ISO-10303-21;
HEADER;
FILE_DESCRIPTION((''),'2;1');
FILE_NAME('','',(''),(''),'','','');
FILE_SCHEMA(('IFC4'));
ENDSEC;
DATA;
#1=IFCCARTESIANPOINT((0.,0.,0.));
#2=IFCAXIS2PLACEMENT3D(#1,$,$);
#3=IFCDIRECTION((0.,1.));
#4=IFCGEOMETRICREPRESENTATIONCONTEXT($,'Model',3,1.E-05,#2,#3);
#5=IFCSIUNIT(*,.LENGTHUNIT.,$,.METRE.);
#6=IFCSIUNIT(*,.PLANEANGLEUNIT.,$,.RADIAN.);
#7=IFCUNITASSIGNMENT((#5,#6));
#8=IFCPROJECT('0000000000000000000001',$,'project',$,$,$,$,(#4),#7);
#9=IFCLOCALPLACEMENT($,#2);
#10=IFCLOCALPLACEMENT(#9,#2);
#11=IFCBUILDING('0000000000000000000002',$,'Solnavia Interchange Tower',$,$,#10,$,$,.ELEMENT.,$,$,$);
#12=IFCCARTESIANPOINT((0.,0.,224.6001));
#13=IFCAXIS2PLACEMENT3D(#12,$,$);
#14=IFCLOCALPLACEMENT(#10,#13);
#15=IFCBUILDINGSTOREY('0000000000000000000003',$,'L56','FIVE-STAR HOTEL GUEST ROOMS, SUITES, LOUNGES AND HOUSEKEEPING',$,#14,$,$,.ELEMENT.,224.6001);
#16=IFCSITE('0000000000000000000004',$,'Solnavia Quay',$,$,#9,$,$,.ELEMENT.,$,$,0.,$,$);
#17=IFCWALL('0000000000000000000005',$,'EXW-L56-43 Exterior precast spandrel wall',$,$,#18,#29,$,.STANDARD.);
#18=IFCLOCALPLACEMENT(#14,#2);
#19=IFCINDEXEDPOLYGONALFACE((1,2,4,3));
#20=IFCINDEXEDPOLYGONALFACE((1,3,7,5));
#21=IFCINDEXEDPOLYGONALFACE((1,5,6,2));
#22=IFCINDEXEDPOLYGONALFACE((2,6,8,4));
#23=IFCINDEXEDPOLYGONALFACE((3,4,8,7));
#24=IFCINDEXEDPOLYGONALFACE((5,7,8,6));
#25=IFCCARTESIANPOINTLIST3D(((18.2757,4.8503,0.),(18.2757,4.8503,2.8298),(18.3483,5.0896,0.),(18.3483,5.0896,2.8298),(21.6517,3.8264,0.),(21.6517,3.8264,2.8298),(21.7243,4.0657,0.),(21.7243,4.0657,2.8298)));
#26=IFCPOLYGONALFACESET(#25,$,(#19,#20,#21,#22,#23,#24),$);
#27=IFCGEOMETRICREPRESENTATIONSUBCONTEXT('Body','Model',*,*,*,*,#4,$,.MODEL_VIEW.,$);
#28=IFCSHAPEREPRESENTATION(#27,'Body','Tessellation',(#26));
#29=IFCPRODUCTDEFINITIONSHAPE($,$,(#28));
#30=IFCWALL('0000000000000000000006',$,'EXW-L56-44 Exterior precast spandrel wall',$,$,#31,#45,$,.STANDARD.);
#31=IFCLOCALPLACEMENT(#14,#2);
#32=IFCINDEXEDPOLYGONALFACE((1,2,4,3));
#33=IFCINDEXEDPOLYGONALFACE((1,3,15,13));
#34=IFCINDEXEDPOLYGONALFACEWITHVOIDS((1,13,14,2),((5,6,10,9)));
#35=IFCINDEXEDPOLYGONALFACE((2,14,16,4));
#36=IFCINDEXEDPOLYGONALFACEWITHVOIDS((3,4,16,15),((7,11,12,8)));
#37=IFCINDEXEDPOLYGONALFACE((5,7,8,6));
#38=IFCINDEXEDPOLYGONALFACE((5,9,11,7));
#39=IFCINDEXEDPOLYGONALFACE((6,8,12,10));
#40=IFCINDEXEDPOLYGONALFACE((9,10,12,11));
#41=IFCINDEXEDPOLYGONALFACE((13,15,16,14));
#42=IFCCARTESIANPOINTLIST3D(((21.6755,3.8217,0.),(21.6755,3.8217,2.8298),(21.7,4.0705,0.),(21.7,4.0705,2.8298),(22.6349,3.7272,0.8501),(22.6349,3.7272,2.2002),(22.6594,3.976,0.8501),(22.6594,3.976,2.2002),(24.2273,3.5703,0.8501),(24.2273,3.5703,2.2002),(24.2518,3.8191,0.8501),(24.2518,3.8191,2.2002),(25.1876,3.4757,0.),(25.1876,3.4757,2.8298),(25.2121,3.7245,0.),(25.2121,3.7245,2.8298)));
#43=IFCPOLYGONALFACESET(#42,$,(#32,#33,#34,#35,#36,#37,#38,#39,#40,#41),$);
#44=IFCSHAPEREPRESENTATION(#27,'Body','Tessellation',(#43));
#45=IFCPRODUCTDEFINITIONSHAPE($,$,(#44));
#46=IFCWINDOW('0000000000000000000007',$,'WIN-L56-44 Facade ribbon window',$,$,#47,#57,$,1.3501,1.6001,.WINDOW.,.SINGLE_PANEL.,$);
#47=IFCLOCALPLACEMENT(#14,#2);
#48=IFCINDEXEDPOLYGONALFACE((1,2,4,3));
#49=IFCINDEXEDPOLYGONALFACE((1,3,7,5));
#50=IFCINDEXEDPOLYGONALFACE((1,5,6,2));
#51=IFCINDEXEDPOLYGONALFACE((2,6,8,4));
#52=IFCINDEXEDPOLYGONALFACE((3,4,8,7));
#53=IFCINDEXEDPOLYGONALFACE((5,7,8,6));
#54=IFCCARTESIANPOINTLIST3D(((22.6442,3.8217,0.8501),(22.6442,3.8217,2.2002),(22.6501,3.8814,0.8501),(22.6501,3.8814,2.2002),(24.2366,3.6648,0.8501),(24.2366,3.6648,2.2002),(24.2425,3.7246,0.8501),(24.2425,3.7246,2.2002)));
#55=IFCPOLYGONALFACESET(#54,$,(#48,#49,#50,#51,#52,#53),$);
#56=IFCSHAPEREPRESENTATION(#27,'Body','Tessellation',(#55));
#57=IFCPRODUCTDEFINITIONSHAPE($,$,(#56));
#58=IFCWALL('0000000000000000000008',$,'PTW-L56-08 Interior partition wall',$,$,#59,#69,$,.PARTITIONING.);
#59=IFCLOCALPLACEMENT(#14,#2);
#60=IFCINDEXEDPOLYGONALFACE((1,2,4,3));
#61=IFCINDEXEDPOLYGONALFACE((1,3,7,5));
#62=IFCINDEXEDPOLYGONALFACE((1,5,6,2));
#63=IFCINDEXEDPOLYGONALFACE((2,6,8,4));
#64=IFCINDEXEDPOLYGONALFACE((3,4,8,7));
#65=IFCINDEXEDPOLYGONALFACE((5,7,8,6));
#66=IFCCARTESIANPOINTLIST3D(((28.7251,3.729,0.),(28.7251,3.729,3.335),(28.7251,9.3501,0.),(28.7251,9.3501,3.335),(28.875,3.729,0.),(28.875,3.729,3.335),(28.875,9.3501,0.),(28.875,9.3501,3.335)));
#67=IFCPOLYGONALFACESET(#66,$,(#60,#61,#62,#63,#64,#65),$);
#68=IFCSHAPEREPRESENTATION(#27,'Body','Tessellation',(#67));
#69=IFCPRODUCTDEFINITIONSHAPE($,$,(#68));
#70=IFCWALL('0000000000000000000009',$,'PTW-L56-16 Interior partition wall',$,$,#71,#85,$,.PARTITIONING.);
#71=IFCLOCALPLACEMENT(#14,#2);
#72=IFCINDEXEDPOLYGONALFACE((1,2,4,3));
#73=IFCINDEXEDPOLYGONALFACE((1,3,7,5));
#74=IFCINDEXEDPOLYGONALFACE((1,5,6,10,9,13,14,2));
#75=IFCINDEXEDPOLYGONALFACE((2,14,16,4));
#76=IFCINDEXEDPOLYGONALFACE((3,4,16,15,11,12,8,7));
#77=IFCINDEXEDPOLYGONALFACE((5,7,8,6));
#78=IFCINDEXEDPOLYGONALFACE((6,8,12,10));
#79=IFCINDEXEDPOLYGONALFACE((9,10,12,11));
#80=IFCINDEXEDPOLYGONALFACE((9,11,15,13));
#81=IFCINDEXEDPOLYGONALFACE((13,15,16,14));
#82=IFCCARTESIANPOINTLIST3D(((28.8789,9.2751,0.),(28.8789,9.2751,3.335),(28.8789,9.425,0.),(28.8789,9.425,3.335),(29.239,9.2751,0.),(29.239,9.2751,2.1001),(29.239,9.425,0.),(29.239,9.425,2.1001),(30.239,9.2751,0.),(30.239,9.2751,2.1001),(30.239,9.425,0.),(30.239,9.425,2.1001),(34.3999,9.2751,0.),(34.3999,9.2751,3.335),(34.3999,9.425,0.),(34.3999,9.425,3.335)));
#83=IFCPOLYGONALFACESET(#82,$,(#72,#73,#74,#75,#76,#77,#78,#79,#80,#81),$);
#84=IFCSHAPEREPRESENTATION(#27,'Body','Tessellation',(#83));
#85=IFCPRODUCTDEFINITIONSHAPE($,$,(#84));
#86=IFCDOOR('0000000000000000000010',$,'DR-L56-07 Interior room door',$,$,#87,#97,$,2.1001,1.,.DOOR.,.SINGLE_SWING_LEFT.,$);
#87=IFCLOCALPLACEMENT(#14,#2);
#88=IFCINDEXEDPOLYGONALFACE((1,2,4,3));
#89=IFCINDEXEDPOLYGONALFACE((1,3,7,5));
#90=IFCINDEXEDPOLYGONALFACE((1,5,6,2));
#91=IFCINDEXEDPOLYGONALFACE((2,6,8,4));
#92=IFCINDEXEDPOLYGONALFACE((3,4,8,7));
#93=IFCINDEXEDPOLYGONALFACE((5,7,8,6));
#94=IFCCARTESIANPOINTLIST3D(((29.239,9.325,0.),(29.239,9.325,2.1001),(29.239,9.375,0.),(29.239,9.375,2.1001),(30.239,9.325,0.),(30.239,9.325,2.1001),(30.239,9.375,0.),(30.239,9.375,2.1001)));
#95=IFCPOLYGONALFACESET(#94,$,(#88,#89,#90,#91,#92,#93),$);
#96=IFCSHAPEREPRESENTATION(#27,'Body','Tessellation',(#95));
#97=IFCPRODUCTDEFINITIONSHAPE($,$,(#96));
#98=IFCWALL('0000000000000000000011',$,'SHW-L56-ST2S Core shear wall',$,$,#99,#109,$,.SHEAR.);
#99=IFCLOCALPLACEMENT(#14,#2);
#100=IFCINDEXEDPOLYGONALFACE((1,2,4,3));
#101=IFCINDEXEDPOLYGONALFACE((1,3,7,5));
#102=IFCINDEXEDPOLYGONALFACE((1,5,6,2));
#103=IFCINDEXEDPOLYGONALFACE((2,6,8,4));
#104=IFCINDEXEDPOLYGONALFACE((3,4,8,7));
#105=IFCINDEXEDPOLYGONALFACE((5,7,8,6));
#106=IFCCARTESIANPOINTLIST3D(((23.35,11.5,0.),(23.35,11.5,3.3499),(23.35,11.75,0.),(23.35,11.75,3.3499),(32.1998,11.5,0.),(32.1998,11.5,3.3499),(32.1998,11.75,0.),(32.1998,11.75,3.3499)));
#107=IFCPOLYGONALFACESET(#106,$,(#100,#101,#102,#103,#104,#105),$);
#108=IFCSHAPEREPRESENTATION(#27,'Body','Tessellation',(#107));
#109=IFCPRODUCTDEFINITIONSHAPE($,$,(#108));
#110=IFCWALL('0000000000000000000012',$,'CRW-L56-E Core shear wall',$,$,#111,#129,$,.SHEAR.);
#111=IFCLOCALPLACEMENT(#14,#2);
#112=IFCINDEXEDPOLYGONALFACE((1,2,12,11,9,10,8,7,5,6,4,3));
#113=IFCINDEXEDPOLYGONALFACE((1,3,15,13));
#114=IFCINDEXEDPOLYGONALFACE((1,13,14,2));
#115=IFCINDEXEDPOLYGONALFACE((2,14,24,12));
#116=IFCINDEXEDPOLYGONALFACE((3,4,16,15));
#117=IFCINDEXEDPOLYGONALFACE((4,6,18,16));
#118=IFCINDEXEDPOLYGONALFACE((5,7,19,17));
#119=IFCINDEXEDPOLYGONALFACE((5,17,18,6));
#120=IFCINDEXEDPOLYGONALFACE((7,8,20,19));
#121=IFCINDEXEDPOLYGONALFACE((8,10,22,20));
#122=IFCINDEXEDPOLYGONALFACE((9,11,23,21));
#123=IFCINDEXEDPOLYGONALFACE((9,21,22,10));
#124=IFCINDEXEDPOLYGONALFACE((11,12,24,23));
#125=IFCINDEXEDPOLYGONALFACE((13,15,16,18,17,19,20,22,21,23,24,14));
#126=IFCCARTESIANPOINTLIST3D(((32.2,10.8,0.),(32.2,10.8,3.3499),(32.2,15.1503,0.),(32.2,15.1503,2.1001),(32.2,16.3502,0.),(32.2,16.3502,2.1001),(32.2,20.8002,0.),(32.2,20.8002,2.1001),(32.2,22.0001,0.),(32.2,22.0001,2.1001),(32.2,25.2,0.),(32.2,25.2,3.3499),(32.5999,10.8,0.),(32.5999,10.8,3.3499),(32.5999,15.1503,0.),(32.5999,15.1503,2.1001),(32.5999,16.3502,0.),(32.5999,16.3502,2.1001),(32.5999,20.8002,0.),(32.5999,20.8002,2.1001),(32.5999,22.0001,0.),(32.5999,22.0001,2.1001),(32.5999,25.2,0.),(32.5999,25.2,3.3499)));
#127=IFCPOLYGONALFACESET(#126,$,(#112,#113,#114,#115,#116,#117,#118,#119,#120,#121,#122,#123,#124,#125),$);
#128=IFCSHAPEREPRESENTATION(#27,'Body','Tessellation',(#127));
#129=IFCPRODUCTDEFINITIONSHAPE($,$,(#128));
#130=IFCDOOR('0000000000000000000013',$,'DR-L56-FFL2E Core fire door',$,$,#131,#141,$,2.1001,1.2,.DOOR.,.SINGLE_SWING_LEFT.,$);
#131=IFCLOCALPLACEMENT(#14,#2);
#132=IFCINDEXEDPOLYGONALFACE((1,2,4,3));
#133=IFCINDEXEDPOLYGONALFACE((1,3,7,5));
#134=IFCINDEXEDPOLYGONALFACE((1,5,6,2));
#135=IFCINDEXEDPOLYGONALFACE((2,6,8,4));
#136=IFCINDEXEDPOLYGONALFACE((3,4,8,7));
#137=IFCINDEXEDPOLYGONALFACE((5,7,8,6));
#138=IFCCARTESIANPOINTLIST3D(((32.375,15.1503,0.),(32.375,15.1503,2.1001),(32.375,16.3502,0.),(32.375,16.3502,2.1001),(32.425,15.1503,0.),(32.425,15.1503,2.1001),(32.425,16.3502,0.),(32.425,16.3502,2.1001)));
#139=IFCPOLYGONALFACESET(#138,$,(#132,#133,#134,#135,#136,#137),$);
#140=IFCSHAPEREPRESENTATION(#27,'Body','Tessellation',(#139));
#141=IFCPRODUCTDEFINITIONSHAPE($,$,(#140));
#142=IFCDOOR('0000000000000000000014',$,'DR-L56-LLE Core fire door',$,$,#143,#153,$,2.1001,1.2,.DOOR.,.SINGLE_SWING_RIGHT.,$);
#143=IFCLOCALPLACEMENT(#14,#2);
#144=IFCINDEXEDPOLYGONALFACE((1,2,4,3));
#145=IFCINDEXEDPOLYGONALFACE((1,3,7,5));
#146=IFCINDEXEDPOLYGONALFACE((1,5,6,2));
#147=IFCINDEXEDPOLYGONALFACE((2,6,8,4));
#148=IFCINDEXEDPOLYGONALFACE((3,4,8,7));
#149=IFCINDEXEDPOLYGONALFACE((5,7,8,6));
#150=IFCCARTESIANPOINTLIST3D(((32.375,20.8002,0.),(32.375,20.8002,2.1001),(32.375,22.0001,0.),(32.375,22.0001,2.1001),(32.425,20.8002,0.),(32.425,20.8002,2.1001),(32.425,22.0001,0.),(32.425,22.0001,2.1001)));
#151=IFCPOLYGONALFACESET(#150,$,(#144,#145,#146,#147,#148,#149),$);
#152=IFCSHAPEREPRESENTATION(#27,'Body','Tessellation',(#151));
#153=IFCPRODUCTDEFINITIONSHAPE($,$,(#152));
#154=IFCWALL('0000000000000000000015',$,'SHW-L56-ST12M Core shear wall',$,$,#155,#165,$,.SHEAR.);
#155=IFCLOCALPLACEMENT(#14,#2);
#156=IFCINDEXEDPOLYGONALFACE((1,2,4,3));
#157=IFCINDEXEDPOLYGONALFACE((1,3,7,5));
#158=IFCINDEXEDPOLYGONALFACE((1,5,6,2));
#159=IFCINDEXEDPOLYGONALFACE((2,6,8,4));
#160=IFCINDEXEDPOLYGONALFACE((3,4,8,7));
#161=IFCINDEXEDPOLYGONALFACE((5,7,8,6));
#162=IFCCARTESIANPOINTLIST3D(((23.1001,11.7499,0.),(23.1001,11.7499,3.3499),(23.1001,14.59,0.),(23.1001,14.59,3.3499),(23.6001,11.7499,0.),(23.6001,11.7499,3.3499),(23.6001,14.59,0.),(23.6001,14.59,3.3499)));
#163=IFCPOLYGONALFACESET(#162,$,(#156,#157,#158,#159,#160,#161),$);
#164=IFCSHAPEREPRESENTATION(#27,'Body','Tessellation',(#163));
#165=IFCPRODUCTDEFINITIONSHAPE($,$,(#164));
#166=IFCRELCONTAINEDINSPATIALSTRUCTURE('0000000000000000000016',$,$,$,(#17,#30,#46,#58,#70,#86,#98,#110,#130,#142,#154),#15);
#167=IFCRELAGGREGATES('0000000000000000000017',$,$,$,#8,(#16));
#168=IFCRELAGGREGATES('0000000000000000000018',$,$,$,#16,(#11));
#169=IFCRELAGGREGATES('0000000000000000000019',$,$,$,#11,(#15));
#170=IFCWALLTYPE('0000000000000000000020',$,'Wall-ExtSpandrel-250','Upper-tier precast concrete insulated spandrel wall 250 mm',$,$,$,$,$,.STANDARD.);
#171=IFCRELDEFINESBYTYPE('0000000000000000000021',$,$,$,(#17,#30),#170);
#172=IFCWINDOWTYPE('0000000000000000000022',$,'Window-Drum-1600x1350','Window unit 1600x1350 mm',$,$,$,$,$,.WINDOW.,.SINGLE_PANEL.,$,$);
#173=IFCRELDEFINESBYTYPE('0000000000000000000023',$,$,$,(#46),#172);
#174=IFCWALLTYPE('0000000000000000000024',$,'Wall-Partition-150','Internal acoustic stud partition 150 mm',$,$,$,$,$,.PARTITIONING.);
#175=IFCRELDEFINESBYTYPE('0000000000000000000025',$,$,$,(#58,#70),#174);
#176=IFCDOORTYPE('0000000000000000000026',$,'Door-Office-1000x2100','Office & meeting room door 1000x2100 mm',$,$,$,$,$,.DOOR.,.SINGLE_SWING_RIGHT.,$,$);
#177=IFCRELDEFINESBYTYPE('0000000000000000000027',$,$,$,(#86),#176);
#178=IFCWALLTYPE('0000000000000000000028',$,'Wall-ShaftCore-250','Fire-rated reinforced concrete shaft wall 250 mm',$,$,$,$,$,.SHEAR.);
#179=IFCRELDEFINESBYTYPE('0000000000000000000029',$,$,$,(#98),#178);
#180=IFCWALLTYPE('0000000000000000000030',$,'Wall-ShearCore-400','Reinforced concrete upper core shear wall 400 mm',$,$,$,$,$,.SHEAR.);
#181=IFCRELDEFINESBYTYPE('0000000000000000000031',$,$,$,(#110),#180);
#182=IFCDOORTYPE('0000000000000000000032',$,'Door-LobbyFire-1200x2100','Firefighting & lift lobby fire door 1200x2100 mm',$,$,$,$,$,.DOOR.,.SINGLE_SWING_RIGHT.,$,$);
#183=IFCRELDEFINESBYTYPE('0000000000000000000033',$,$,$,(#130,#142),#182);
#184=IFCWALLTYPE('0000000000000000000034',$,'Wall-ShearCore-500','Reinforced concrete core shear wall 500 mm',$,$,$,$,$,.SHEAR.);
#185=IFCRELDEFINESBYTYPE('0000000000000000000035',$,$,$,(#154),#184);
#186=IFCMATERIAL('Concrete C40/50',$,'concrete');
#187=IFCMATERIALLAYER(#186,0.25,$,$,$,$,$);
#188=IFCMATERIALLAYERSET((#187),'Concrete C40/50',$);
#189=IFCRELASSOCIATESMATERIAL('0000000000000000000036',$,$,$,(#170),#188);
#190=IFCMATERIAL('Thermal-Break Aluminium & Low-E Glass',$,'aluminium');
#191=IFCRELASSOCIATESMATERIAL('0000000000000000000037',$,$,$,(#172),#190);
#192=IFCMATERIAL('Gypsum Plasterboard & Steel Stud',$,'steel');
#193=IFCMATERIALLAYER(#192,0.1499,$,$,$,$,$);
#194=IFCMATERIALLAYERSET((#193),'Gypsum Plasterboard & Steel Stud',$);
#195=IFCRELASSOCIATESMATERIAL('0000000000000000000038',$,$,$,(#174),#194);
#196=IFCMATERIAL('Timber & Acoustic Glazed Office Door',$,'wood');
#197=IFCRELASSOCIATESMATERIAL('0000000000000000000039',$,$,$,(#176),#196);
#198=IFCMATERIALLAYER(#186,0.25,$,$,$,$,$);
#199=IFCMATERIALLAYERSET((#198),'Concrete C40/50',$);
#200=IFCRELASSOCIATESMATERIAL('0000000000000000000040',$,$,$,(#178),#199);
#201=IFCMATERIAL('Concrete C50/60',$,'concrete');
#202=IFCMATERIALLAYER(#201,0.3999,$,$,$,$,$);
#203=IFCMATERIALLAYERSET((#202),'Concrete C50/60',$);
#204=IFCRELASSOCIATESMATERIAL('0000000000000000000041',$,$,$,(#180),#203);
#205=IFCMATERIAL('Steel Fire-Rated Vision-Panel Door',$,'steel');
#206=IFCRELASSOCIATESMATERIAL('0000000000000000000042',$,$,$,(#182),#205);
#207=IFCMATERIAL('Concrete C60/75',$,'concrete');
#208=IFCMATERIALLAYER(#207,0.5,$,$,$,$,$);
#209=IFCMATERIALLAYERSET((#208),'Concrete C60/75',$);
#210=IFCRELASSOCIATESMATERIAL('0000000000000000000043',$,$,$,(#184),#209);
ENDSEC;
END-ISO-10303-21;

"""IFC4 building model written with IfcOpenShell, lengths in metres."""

from ifc_helpers import new_model, si_unit, direction, frame, frame_2d, origin, place, context, subcontext, project, spatial, rectangle, extrude, material, layer, layer_set, type_object, element, fill, save


model = new_model("IFC4")

# Units and contexts
model_context = context("Model", 3, precision=1e-05, world=origin(), true_north=direction((0.0, 1.0)))
body_context = subcontext(model_context, "Body", "Model", "MODEL_VIEW")
ifc_project = project(units=[si_unit("LENGTHUNIT", "METRE"), si_unit("PLANEANGLEUNIT", "RADIAN")], contexts=[model_context])

# Site, building, storey
site_placement = place(None, origin())
site = spatial("IfcSite", under=ifc_project, at=site_placement, Name="Solnavia Quay", CompositionType="ELEMENT", RefElevation=0.0)
building_placement = place(site_placement, origin())
building = spatial("IfcBuilding", under=site, at=building_placement, Name="Solnavia Interchange Tower", CompositionType="ELEMENT")
storey_placement = place(building_placement, frame((0.0, 0.0, 224.6001)))
storey = spatial("IfcBuildingStorey", under=building, at=storey_placement, Name="L56", Description="FIVE-STAR HOTEL GUEST ROOMS, SUITES, LOUNGES AND HOUSEKEEPING", CompositionType="ELEMENT", Elevation=224.6001)

# Shared definitions
ifc_material_1 = material(Name="Concrete C50/60", Category="concrete")

# Shared definitions
ifc_material_2 = material(Name="Concrete C40/50", Category="concrete")
ifc_layer_1 = layer(ifc_material_2, 0.25)
ifc_layer_set_1 = layer_set([ifc_layer_1], Name="Concrete C40/50")
wall_type_1 = type_object("IfcWallType", Name="Wall-ExtSpandrel-250", Description="Upper-tier precast concrete insulated spandrel wall 250 mm", PredefinedType="STANDARD", material=ifc_layer_set_1)
ifc_material_3 = material(Name="Thermal-Break Aluminium & Low-E Glass", Category="aluminium")

# Wall
wall_1_placement = place(storey_placement, frame((21.688, 3.946, 0.0), z_axis=(0.0, 0.0, 1.0), x_axis=(-0.956953, 0.290242, 0.0)))
element("IfcWall", 1, at=wall_1_placement, inside=storey, type_object=wall_type_1, Name="EXW-L56-43 Exterior precast spandrel wall", PredefinedType="STANDARD", context=body_context, shape_type="SweptSolid", body=[
    extrude(rectangle(XDim=3.5278, YDim=0.25, at=frame_2d((1.7639, 0.0))), origin(), (0.0, 0.0, 1.0), 2.8298),
])

# Wall, opening, window
wall_2_placement = place(storey_placement, frame((25.2, 3.6001, 0.0), z_axis=(0.0, 0.0, 1.0), x_axis=(-0.995183, 0.098031, 0.0)))
wall_2 = element("IfcWall", 2, at=wall_2_placement, inside=storey, type_object=wall_type_1, Name="EXW-L56-44 Exterior precast spandrel wall", PredefinedType="STANDARD", context=body_context, shape_type="SweptSolid", body=[
    extrude(rectangle(XDim=3.5291, YDim=0.25, at=frame_2d((1.7646, 0.0))), origin(), (0.0, 0.0, 1.0), 2.8298),
])
opening_1_placement = place(wall_2_placement, frame((0.9651, 0.0, 0.8501)))
opening_1 = element("IfcOpeningElement", 3, at=opening_1_placement, cuts=wall_2, PredefinedType="OPENING", context=body_context, shape_type="SweptSolid", body=[
    extrude(rectangle(XDim=1.6001, YDim=1.3501, at=frame_2d((0.8, 0.675))), frame((0.0, 0.135, 0.0), z_axis=(0.0, -1.0, 0.0), x_axis=(1.0, 0.0, 0.0)), (0.0, 0.0, 1.0), 0.27),
])
window_type_1 = type_object("IfcWindowType", Name="Window-Drum-1600x1350", Description="Window unit 1600x1350 mm", PartitioningType="SINGLE_PANEL", PredefinedType="WINDOW", material=ifc_material_3)
window_1_placement = place(opening_1_placement, origin())
window_1 = element("IfcWindow", 4, at=window_1_placement, inside=storey, type_object=window_type_1, Name="WIN-L56-44 Facade ribbon window", OverallHeight=1.3501, OverallWidth=1.6001, PartitioningType="SINGLE_PANEL", PredefinedType="WINDOW", context=body_context, shape_type="SweptSolid", body=[
    extrude(rectangle(XDim=1.6001, YDim=1.3501, at=frame_2d((0.8, 0.675))), frame((0.0, 0.03, 0.0), z_axis=(0.0, -1.0, 0.0), x_axis=(1.0, 0.0, 0.0)), (0.0, 0.0, 1.0), 0.0601),
])
fill(opening_1, window_1)

# Wall
ifc_material_4 = material(Name="Gypsum Plasterboard & Steel Stud", Category="steel")
ifc_layer_2 = layer(ifc_material_4, 0.1499)
ifc_layer_set_2 = layer_set([ifc_layer_2], Name="Gypsum Plasterboard & Steel Stud")
wall_type_2 = type_object("IfcWallType", Name="Wall-Partition-150", Description="Internal acoustic stud partition 150 mm", PredefinedType="PARTITIONING", material=ifc_layer_set_2)
wall_3_placement = place(storey_placement, frame((28.8, 9.3501, 0.0), z_axis=(0.0, 0.0, 1.0), x_axis=(0.0, -1.0, 0.0)))
element("IfcWall", 5, at=wall_3_placement, inside=storey, type_object=wall_type_2, Name="PTW-L56-08 Interior partition wall", PredefinedType="PARTITIONING", context=body_context, shape_type="SweptSolid", body=[
    extrude(rectangle(XDim=5.6211, YDim=0.1499, at=frame_2d((2.8105, 0.0))), origin(), (0.0, 0.0, 1.0), 3.335),
])

# Wall, opening, door
wall_4_placement = place(storey_placement, frame((28.8789, 9.3501, 0.0), z_axis=(0.0, 0.0, 1.0), x_axis=(1.0, 0.0, 0.0)))
wall_4 = element("IfcWall", 6, at=wall_4_placement, inside=storey, type_object=wall_type_2, Name="PTW-L56-16 Interior partition wall", PredefinedType="PARTITIONING", context=body_context, shape_type="SweptSolid", body=[
    extrude(rectangle(XDim=5.521, YDim=0.1499, at=frame_2d((2.7605, 0.0))), origin(), (0.0, 0.0, 1.0), 3.335),
])
opening_2_placement = place(wall_4_placement, frame((0.3601, 0.0, 0.0)))
opening_2 = element("IfcOpeningElement", 7, at=opening_2_placement, cuts=wall_4, PredefinedType="OPENING", context=body_context, shape_type="SweptSolid", body=[
    extrude(rectangle(XDim=1.0, YDim=2.1001, at=frame_2d((0.5, 1.05))), frame((0.0, 0.085, 0.0), z_axis=(0.0, -1.0, 0.0), x_axis=(1.0, 0.0, 0.0)), (0.0, 0.0, 1.0), 0.1699),
])
ifc_material_5 = material(Name="Timber & Acoustic Glazed Office Door", Category="wood")
door_type_1 = type_object("IfcDoorType", Name="Door-Office-1000x2100", Description="Office & meeting room door 1000x2100 mm", OperationType="SINGLE_SWING_RIGHT", PredefinedType="DOOR", material=ifc_material_5)
door_1_placement = place(opening_2_placement, origin())
door_1 = element("IfcDoor", 8, at=door_1_placement, inside=storey, type_object=door_type_1, Name="DR-L56-07 Interior room door", OperationType="SINGLE_SWING_LEFT", OverallHeight=2.1001, OverallWidth=1.0, PredefinedType="DOOR", context=body_context, shape_type="SweptSolid", body=[
    extrude(rectangle(XDim=1.0, YDim=2.1001, at=frame_2d((0.5, 1.05))), frame((0.0, 0.0249, 0.0), z_axis=(0.0, -1.0, 0.0), x_axis=(1.0, 0.0, 0.0)), (0.0, 0.0, 1.0), 0.05),
])
fill(opening_2, door_1)

# Wall
ifc_layer_3 = layer(ifc_material_2, 0.25)
ifc_layer_set_3 = layer_set([ifc_layer_3], Name="Concrete C40/50")
wall_type_3 = type_object("IfcWallType", Name="Wall-ShaftCore-250", Description="Fire-rated reinforced concrete shaft wall 250 mm", PredefinedType="SHEAR", material=ifc_layer_set_3)
wall_5_placement = place(storey_placement, frame((23.3501, 11.625, 0.0), z_axis=(0.0, 0.0, 1.0), x_axis=(1.0, 0.0, 0.0)))
element("IfcWall", 9, at=wall_5_placement, inside=storey, type_object=wall_type_3, Name="SHW-L56-ST2S Core shear wall", PredefinedType="SHEAR", context=body_context, shape_type="SweptSolid", body=[
    extrude(rectangle(XDim=8.8499, YDim=0.25, at=frame_2d((4.4248, 0.0))), origin(), (0.0, 0.0, 1.0), 3.3499),
])

# Wall, openings, doors
ifc_layer_4 = layer(ifc_material_1, 0.3999)
ifc_layer_set_4 = layer_set([ifc_layer_4], Name="Concrete C50/60")
wall_type_4 = type_object("IfcWallType", Name="Wall-ShearCore-400", Description="Reinforced concrete upper core shear wall 400 mm", PredefinedType="SHEAR", material=ifc_layer_set_4)
wall_6_placement = place(storey_placement, frame((32.3999, 10.8, 0.0), z_axis=(0.0, 0.0, 1.0), x_axis=(0.0, 1.0, 0.0)))
wall_6 = element("IfcWall", 10, at=wall_6_placement, inside=storey, type_object=wall_type_4, Name="CRW-L56-E Core shear wall", PredefinedType="SHEAR", context=body_context, shape_type="SweptSolid", body=[
    extrude(rectangle(XDim=14.3999, YDim=0.3999, at=frame_2d((7.2, 0.0))), origin(), (0.0, 0.0, 1.0), 3.3499),
])
opening_3_placement = place(wall_6_placement, frame((4.3501, 0.0, 0.0)))
opening_3 = element("IfcOpeningElement", 11, at=opening_3_placement, cuts=wall_6, PredefinedType="OPENING", context=body_context, shape_type="SweptSolid", body=[
    extrude(rectangle(XDim=1.2, YDim=2.1001, at=frame_2d((0.6001, 1.05))), frame((0.0, 0.21, 0.0), z_axis=(0.0, -1.0, 0.0), x_axis=(1.0, 0.0, 0.0)), (0.0, 0.0, 1.0), 0.4199),
])
opening_4_placement = place(wall_6_placement, frame((10.0, 0.0, 0.0)))
opening_4 = element("IfcOpeningElement", 12, at=opening_4_placement, cuts=wall_6, PredefinedType="OPENING", context=body_context, shape_type="SweptSolid", body=[
    extrude(rectangle(XDim=1.2, YDim=2.1001, at=frame_2d((0.6001, 1.05))), frame((0.0, 0.21, 0.0), z_axis=(0.0, -1.0, 0.0), x_axis=(1.0, 0.0, 0.0)), (0.0, 0.0, 1.0), 0.4199),
])
ifc_material_6 = material(Name="Steel Fire-Rated Vision-Panel Door", Category="steel")
door_type_2 = type_object("IfcDoorType", Name="Door-LobbyFire-1200x2100", Description="Firefighting & lift lobby fire door 1200x2100 mm", OperationType="SINGLE_SWING_RIGHT", PredefinedType="DOOR", material=ifc_material_6)
door_2_placement = place(opening_3_placement, origin())
door_2 = element("IfcDoor", 13, at=door_2_placement, inside=storey, type_object=door_type_2, Name="DR-L56-FFL2E Core fire door", OperationType="SINGLE_SWING_LEFT", OverallHeight=2.1001, OverallWidth=1.2, PredefinedType="DOOR", context=body_context, shape_type="SweptSolid", body=[
    extrude(rectangle(XDim=1.2, YDim=2.1001, at=frame_2d((0.6001, 1.05))), frame((0.0, 0.0249, 0.0), z_axis=(0.0, -1.0, 0.0), x_axis=(1.0, 0.0, 0.0)), (0.0, 0.0, 1.0), 0.05),
])
fill(opening_3, door_2)
door_3_placement = place(opening_4_placement, origin())
door_3 = element("IfcDoor", 14, at=door_3_placement, inside=storey, type_object=door_type_2, Name="DR-L56-LLE Core fire door", OperationType="SINGLE_SWING_RIGHT", OverallHeight=2.1001, OverallWidth=1.2, PredefinedType="DOOR", context=body_context, shape_type="SweptSolid", body=[
    extrude(rectangle(XDim=1.2, YDim=2.1001, at=frame_2d((0.6001, 1.05))), frame((0.0, 0.0249, 0.0), z_axis=(0.0, -1.0, 0.0), x_axis=(1.0, 0.0, 0.0)), (0.0, 0.0, 1.0), 0.05),
])
fill(opening_4, door_3)

# Wall
ifc_material_7 = material(Name="Concrete C60/75", Category="concrete")
ifc_layer_5 = layer(ifc_material_7, 0.5)
ifc_layer_set_5 = layer_set([ifc_layer_5], Name="Concrete C60/75")
wall_type_5 = type_object("IfcWallType", Name="Wall-ShearCore-500", Description="Reinforced concrete core shear wall 500 mm", PredefinedType="SHEAR", material=ifc_layer_set_5)
wall_7_placement = place(storey_placement, frame((23.3501, 11.75, 0.0), z_axis=(0.0, 0.0, 1.0), x_axis=(0.0, 1.0, 0.0)))
element("IfcWall", 15, at=wall_7_placement, inside=storey, type_object=wall_type_5, Name="SHW-L56-ST12M Core shear wall", PredefinedType="SHEAR", context=body_context, shape_type="SweptSolid", body=[
    extrude(rectangle(XDim=2.8401, YDim=0.5, at=frame_2d((1.4199, 0.0))), origin(), (0.0, 0.0, 1.0), 3.3499),
])

save(model, "model.ifc")
